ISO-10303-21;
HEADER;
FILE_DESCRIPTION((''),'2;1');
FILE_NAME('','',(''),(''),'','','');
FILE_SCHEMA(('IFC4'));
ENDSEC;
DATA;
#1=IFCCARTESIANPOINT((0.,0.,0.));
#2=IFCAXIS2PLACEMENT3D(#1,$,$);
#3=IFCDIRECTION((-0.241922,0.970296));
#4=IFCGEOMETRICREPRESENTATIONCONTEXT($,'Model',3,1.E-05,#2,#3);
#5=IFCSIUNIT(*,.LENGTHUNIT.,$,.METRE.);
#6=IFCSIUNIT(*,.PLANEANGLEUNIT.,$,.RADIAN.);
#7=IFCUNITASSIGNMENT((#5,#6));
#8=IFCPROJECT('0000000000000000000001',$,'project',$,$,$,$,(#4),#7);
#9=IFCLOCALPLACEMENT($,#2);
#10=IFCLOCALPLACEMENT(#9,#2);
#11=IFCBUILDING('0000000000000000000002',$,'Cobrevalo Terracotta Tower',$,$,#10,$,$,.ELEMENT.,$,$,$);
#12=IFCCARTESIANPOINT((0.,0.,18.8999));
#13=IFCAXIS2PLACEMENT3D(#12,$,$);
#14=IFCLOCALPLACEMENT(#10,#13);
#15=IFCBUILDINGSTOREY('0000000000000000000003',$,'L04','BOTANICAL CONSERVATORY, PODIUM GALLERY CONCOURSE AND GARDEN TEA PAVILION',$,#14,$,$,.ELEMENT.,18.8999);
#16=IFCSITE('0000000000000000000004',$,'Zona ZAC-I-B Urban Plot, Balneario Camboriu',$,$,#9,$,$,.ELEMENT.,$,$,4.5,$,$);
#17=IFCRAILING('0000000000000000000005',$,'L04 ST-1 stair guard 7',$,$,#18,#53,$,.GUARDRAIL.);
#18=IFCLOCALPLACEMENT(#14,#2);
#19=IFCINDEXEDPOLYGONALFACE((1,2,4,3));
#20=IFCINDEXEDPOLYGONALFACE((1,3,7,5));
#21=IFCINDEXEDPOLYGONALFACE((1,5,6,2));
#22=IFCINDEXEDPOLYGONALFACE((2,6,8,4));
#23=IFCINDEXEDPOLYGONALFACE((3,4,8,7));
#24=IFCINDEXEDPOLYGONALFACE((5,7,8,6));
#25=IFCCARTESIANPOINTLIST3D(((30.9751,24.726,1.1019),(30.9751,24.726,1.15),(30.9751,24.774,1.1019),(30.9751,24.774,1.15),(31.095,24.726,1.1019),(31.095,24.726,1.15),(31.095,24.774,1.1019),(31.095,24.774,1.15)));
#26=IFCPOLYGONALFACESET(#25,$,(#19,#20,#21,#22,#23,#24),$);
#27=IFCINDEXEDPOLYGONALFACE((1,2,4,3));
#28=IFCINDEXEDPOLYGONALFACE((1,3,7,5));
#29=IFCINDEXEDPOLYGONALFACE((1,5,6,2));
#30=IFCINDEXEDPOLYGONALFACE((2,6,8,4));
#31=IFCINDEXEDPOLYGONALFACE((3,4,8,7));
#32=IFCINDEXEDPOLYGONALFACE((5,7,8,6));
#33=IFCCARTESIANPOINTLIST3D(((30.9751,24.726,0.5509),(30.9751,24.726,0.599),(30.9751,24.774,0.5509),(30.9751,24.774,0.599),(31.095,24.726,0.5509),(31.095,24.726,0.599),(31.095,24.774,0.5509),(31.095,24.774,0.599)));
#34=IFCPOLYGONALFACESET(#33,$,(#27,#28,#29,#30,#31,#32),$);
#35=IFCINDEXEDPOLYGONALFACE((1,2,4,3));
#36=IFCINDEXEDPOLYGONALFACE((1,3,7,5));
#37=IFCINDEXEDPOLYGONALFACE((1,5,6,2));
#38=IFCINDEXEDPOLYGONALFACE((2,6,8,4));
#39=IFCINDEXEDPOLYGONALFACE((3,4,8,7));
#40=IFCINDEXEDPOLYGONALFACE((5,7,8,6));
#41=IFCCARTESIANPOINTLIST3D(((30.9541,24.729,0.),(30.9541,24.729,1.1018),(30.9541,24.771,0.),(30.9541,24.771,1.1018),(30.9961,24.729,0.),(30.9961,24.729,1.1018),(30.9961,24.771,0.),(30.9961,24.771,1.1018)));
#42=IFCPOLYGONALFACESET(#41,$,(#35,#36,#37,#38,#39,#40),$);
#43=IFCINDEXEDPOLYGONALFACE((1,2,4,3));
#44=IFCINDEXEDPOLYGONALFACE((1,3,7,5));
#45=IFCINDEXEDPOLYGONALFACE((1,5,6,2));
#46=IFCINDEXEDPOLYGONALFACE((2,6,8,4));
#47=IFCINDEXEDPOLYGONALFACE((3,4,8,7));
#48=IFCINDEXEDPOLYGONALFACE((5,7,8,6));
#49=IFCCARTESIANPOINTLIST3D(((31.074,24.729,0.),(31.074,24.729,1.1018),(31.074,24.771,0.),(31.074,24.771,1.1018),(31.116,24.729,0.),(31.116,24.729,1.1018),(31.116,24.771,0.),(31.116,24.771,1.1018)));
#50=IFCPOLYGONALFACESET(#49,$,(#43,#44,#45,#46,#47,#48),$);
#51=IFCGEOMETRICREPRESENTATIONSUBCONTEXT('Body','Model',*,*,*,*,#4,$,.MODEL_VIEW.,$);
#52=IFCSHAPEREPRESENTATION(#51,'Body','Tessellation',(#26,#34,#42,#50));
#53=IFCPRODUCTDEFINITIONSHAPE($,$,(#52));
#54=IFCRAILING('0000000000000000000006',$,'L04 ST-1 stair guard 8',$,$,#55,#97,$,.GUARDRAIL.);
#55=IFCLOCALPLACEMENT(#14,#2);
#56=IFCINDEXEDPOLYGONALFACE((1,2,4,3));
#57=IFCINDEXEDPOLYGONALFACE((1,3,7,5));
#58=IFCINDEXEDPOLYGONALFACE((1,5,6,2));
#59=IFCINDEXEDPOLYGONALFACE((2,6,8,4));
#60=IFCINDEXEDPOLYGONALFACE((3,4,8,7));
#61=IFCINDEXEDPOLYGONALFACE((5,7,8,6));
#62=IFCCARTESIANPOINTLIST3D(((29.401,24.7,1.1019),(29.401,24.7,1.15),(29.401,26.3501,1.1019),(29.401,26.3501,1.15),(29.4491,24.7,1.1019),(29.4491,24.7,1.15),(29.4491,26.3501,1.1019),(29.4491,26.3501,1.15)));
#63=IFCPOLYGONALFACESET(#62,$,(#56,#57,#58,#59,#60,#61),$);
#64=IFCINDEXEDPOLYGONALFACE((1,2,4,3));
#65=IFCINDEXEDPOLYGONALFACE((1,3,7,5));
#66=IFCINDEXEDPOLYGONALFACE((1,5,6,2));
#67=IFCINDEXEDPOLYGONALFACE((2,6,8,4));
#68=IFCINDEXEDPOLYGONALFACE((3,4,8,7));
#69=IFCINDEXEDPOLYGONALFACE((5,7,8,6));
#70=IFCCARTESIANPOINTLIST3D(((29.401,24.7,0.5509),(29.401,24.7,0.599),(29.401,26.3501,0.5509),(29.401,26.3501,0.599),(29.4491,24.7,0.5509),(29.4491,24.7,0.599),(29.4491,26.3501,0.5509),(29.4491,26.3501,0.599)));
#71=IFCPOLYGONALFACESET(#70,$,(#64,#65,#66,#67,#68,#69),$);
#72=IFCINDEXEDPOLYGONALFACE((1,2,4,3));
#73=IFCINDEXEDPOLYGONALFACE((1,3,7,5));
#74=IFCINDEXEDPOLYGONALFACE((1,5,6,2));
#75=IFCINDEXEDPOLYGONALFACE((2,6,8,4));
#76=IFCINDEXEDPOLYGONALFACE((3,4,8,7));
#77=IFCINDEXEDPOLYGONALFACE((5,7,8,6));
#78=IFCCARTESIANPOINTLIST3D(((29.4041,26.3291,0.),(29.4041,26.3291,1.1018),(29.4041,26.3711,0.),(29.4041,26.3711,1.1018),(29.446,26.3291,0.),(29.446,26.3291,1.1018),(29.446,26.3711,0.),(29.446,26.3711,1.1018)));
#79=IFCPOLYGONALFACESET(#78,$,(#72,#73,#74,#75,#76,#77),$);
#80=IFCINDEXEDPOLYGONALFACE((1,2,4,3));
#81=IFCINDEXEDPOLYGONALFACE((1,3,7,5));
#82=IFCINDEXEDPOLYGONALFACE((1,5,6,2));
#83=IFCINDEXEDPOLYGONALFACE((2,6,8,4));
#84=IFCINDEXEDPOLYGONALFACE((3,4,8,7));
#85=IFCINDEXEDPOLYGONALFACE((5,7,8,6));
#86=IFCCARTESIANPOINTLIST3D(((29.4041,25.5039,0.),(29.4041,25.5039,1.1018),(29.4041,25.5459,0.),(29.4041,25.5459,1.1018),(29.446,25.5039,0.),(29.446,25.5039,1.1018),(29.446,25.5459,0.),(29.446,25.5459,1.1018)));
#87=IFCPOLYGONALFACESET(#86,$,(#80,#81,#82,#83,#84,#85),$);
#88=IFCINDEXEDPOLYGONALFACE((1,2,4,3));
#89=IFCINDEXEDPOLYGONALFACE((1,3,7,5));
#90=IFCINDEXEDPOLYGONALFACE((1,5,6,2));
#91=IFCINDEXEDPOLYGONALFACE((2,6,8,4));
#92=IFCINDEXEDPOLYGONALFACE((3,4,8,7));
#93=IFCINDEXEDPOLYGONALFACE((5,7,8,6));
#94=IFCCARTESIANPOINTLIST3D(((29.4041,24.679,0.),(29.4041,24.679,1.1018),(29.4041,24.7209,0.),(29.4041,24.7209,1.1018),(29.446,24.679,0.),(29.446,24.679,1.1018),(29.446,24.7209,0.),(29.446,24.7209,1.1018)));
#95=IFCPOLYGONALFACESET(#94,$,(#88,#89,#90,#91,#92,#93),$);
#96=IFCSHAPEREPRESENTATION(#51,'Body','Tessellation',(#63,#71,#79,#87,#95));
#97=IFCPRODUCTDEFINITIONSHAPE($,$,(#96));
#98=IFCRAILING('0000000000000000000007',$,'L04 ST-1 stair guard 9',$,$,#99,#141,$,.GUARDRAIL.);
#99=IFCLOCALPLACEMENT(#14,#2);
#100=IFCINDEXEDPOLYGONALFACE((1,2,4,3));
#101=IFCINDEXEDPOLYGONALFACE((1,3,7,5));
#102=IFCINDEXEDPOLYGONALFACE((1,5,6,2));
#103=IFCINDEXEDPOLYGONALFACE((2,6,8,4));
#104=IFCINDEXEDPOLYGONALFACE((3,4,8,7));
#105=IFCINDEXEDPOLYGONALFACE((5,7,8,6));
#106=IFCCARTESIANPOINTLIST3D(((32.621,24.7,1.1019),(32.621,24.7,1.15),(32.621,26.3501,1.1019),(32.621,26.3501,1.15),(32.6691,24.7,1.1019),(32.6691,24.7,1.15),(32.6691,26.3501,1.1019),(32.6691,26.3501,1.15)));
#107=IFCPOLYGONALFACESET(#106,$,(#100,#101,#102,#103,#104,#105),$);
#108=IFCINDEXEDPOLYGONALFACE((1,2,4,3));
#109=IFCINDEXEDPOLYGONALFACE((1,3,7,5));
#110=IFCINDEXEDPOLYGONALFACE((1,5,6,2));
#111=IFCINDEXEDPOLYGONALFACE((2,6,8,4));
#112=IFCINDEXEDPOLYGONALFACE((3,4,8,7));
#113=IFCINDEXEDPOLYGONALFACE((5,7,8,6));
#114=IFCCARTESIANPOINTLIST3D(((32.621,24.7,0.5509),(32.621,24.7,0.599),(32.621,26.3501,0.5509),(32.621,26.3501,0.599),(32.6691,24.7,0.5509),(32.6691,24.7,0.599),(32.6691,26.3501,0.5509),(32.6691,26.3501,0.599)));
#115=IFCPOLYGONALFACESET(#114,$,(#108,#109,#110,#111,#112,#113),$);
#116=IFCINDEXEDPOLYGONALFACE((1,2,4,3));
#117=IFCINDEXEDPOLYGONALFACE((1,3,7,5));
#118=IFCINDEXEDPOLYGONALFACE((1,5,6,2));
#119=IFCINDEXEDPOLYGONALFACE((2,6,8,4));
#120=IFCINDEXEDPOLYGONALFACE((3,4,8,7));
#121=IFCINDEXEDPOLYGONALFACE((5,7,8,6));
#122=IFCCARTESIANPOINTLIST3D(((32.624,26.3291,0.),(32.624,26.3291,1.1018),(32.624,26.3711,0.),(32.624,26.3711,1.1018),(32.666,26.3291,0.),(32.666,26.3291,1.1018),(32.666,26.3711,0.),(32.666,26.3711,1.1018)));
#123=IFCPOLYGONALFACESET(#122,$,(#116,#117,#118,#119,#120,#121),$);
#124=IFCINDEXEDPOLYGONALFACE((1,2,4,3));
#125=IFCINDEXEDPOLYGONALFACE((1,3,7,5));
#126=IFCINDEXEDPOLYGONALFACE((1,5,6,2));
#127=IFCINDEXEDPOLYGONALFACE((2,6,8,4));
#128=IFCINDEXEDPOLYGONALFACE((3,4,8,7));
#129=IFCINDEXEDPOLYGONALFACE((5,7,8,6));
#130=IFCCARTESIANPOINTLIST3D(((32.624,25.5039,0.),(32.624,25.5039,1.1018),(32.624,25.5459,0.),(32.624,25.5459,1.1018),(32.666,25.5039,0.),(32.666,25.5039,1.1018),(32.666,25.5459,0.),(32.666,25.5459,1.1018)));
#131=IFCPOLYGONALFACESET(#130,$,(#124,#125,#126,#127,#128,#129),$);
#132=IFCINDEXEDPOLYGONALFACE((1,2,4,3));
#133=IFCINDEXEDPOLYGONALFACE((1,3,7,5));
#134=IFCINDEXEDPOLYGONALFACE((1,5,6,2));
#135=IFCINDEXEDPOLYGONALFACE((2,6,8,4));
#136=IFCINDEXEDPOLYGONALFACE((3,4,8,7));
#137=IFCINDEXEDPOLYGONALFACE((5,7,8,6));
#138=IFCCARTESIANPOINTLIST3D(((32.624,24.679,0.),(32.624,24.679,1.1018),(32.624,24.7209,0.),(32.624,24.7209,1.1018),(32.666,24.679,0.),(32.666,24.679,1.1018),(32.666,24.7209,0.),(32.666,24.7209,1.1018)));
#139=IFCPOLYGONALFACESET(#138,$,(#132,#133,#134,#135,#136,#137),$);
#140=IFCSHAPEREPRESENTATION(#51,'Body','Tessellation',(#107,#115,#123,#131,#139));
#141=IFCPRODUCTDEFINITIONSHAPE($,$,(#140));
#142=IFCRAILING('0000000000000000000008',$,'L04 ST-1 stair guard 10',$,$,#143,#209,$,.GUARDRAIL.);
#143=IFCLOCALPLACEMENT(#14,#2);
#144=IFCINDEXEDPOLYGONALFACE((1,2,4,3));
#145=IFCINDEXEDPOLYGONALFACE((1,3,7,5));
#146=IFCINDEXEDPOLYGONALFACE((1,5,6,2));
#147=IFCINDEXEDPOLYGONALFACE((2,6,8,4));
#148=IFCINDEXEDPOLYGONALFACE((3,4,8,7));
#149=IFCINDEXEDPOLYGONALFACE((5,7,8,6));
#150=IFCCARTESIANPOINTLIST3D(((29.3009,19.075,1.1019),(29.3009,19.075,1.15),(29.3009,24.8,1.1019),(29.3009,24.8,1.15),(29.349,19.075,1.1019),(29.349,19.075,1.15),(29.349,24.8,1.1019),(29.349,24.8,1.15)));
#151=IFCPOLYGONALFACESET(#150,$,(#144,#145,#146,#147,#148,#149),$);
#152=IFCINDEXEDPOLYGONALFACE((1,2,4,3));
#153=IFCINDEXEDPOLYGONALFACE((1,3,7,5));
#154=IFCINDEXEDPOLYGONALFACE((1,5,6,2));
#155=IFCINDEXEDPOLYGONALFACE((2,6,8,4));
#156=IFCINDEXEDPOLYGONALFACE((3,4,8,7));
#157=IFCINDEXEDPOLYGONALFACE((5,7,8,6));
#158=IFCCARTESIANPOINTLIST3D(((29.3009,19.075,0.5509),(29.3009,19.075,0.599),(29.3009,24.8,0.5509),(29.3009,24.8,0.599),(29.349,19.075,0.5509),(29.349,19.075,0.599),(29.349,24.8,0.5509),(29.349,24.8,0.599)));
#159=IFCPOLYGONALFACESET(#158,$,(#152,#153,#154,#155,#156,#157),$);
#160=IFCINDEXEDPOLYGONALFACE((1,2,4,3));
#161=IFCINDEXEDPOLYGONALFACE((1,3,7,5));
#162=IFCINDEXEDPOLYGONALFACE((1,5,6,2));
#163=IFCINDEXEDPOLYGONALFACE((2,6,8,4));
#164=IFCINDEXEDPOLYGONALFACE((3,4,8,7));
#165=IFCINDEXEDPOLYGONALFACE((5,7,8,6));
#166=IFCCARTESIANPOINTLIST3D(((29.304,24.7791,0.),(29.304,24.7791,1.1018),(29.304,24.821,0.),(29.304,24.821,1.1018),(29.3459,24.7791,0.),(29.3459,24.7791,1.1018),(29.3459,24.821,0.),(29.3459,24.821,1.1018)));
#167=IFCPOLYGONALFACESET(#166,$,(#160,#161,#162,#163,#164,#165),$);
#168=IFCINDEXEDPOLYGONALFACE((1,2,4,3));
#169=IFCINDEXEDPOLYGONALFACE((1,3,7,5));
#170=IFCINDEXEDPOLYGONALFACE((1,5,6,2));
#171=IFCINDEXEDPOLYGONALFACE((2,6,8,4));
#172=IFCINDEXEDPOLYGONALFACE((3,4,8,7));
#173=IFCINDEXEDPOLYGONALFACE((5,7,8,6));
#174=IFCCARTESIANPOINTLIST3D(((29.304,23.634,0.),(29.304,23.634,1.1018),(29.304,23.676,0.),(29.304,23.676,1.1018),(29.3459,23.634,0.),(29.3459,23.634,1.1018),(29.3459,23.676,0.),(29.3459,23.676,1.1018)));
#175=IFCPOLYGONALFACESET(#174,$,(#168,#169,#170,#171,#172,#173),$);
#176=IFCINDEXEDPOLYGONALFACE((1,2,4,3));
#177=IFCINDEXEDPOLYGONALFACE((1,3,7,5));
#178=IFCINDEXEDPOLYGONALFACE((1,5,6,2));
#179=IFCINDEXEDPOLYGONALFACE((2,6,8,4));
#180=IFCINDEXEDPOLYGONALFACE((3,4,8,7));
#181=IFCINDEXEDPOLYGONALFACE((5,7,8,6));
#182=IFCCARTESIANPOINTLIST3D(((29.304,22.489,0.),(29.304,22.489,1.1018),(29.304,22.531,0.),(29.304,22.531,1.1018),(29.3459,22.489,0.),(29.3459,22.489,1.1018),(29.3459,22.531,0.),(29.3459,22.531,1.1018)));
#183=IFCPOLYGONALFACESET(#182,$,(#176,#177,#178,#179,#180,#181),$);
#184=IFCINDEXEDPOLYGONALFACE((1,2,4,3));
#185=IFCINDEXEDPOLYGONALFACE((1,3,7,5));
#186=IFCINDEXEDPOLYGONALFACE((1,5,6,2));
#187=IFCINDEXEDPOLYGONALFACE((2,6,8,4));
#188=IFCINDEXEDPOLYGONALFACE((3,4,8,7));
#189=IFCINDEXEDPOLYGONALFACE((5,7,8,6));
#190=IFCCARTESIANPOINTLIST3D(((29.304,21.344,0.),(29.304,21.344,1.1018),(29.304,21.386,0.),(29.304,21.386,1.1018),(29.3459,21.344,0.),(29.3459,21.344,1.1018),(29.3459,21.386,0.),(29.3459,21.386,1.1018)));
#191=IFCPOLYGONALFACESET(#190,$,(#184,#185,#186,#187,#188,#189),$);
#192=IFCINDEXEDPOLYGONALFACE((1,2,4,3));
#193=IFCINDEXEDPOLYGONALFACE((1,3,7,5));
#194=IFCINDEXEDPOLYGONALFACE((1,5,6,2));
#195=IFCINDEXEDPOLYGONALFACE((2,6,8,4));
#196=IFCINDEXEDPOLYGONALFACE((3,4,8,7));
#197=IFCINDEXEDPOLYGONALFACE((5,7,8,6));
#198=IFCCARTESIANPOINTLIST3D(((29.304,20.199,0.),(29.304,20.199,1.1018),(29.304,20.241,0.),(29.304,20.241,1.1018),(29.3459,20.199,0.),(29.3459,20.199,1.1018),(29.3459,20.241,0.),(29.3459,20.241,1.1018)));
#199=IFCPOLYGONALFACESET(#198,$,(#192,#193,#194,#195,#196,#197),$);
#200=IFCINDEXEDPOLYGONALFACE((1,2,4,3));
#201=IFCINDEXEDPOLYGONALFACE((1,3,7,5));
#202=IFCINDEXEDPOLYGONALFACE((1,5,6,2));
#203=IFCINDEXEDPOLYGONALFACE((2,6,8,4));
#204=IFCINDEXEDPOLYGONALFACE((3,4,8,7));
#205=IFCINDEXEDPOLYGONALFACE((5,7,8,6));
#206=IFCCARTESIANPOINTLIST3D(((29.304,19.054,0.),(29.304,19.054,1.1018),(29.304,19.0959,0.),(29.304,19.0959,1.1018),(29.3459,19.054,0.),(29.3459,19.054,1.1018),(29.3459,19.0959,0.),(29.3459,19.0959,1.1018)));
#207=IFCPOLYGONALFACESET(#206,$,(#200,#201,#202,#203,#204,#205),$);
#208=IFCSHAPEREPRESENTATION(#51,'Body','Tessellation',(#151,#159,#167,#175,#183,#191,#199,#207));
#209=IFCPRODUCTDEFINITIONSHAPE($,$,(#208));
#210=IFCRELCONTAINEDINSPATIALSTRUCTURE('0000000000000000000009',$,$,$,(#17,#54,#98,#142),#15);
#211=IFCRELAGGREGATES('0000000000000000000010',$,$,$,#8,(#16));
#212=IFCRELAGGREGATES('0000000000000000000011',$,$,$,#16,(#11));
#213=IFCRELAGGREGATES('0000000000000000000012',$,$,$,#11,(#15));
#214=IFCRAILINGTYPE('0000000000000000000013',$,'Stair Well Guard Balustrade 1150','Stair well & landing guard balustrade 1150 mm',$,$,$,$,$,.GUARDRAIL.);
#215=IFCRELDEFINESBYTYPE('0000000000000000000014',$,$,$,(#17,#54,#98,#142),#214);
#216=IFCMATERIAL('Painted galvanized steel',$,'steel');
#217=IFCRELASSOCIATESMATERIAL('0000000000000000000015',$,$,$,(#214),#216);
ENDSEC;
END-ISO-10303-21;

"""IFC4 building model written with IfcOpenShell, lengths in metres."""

from ifc_helpers import new_model, si_unit, direction, frame, origin, origin_2d, place, context, subcontext, project, spatial, rectangle, extrude, material, type_object, element, save


model = new_model("IFC4")

# Units and contexts
model_context = context("Model", 3, precision=1e-05, world=origin(), true_north=direction((-0.241922, 0.970296)))
body_context = subcontext(model_context, "Body", "Model", "MODEL_VIEW")
ifc_project = project(units=[si_unit("LENGTHUNIT", "METRE"), si_unit("PLANEANGLEUNIT", "RADIAN")], contexts=[model_context])

# Site, building, storey
site_placement = place(None, origin())
site = spatial("IfcSite", under=ifc_project, at=site_placement, Name="Zona ZAC-I-B Urban Plot, Balneario Camboriu", CompositionType="ELEMENT", RefElevation=4.5)
building_placement = place(site_placement, origin())
building = spatial("IfcBuilding", under=site, at=building_placement, Name="Cobrevalo Terracotta Tower", CompositionType="ELEMENT")
storey_placement = place(building_placement, frame((0.0, 0.0, 18.8999)))
storey = spatial("IfcBuildingStorey", under=building, at=storey_placement, Name="L04", Description="BOTANICAL CONSERVATORY, PODIUM GALLERY CONCOURSE AND GARDEN TEA PAVILION", CompositionType="ELEMENT", Elevation=18.8999)

# Railings
ifc_material_1 = material(Name="Painted galvanized steel", Category="steel")
railing_type = type_object("IfcRailingType", Name="Stair Well Guard Balustrade 1150", Description="Stair well & landing guard balustrade 1150 mm", PredefinedType="GUARDRAIL", material=ifc_material_1)
railing_placement = place(storey_placement, frame((30.9751, 24.75, 0.0)))
element("IfcRailing", 1, at=railing_placement, inside=storey, type_object=railing_type, Name="L04 ST-1 stair guard 7", PredefinedType="GUARDRAIL", context=body_context, shape_type="SweptSolid", body=[
    extrude(rectangle(XDim=0.0481, YDim=0.0481, at=origin_2d()), frame((0.0, 0.0, 1.126), z_axis=(1.0, 0.0, 0.0), x_axis=(0.0, 1.0, 0.0)), (0.0, 0.0, 1.0), 0.1199),
    extrude(rectangle(XDim=0.0481, YDim=0.0481, at=origin_2d()), frame((0.0, 0.0, 0.575), z_axis=(1.0, 0.0, 0.0), x_axis=(0.0, 1.0, 0.0)), (0.0, 0.0, 1.0), 0.1199),
    extrude(rectangle(XDim=0.042, YDim=0.042, at=origin_2d()), origin(), (0.0, 0.0, 1.0), 1.1018),
    extrude(rectangle(XDim=0.042, YDim=0.042, at=origin_2d()), frame((0.1199, 0.0, 0.0)), (0.0, 0.0, 1.0), 1.1018),
])
for number, where, name in (
    (2, (29.425, 26.3501, 0.0), "L04 ST-1 stair guard 8"),
    (3, (32.645, 26.3501, 0.0), "L04 ST-1 stair guard 9"),
):
    element("IfcRailing", number, at=place(storey_placement, frame(where)), inside=storey, type_object=railing_type, Name=name, PredefinedType="GUARDRAIL", context=body_context, shape_type="SweptSolid", body=[
        extrude(rectangle(XDim=0.0481, YDim=0.0481, at=origin_2d()), frame((0.0, 0.0, 1.126), z_axis=(0.0, -1.0, 0.0), x_axis=(1.0, 0.0, 0.0)), (0.0, 0.0, 1.0), 1.6501),
        extrude(rectangle(XDim=0.0481, YDim=0.0481, at=origin_2d()), frame((0.0, 0.0, 0.575), z_axis=(0.0, -1.0, 0.0), x_axis=(1.0, 0.0, 0.0)), (0.0, 0.0, 1.0), 1.6501),
        extrude(rectangle(XDim=0.042, YDim=0.042, at=origin_2d()), origin(), (0.0, 0.0, 1.0), 1.1018),
        extrude(rectangle(XDim=0.042, YDim=0.042, at=origin_2d()), frame((0.0, -0.8252, 0.0)), (0.0, 0.0, 1.0), 1.1018),
        extrude(rectangle(XDim=0.042, YDim=0.042, at=origin_2d()), frame((0.0, -1.6501, 0.0)), (0.0, 0.0, 1.0), 1.1018),
    ])
for number, where, name in (
    (4, (29.325, 24.8, 0.0), "L04 ST-1 stair guard 10"),
):
    element("IfcRailing", number, at=place(storey_placement, frame(where)), inside=storey, type_object=railing_type, Name=name, PredefinedType="GUARDRAIL", context=body_context, shape_type="SweptSolid", body=[
        extrude(rectangle(XDim=0.0481, YDim=0.0481, at=origin_2d()), frame((0.0, 0.0, 1.126), z_axis=(0.0, -1.0, 0.0), x_axis=(1.0, 0.0, 0.0)), (0.0, 0.0, 1.0), 5.7251),
        extrude(rectangle(XDim=0.0481, YDim=0.0481, at=origin_2d()), frame((0.0, 0.0, 0.575), z_axis=(0.0, -1.0, 0.0), x_axis=(1.0, 0.0, 0.0)), (0.0, 0.0, 1.0), 5.7251),
        extrude(rectangle(XDim=0.042, YDim=0.042, at=origin_2d()), origin(), (0.0, 0.0, 1.0), 1.1018),
        extrude(rectangle(XDim=0.042, YDim=0.042, at=origin_2d()), frame((0.0, -1.145, 0.0)), (0.0, 0.0, 1.0), 1.1018),
        extrude(rectangle(XDim=0.042, YDim=0.042, at=origin_2d()), frame((0.0, -2.29, 0.0)), (0.0, 0.0, 1.0), 1.1018),
        extrude(rectangle(XDim=0.042, YDim=0.042, at=origin_2d()), frame((0.0, -3.4351, 0.0)), (0.0, 0.0, 1.0), 1.1018),
        extrude(rectangle(XDim=0.042, YDim=0.042, at=origin_2d()), frame((0.0, -4.5801, 0.0)), (0.0, 0.0, 1.0), 1.1018),
        extrude(rectangle(XDim=0.042, YDim=0.042, at=origin_2d()), frame((0.0, -5.7251, 0.0)), (0.0, 0.0, 1.0), 1.1018),
    ])

save(model, "model.ifc")
